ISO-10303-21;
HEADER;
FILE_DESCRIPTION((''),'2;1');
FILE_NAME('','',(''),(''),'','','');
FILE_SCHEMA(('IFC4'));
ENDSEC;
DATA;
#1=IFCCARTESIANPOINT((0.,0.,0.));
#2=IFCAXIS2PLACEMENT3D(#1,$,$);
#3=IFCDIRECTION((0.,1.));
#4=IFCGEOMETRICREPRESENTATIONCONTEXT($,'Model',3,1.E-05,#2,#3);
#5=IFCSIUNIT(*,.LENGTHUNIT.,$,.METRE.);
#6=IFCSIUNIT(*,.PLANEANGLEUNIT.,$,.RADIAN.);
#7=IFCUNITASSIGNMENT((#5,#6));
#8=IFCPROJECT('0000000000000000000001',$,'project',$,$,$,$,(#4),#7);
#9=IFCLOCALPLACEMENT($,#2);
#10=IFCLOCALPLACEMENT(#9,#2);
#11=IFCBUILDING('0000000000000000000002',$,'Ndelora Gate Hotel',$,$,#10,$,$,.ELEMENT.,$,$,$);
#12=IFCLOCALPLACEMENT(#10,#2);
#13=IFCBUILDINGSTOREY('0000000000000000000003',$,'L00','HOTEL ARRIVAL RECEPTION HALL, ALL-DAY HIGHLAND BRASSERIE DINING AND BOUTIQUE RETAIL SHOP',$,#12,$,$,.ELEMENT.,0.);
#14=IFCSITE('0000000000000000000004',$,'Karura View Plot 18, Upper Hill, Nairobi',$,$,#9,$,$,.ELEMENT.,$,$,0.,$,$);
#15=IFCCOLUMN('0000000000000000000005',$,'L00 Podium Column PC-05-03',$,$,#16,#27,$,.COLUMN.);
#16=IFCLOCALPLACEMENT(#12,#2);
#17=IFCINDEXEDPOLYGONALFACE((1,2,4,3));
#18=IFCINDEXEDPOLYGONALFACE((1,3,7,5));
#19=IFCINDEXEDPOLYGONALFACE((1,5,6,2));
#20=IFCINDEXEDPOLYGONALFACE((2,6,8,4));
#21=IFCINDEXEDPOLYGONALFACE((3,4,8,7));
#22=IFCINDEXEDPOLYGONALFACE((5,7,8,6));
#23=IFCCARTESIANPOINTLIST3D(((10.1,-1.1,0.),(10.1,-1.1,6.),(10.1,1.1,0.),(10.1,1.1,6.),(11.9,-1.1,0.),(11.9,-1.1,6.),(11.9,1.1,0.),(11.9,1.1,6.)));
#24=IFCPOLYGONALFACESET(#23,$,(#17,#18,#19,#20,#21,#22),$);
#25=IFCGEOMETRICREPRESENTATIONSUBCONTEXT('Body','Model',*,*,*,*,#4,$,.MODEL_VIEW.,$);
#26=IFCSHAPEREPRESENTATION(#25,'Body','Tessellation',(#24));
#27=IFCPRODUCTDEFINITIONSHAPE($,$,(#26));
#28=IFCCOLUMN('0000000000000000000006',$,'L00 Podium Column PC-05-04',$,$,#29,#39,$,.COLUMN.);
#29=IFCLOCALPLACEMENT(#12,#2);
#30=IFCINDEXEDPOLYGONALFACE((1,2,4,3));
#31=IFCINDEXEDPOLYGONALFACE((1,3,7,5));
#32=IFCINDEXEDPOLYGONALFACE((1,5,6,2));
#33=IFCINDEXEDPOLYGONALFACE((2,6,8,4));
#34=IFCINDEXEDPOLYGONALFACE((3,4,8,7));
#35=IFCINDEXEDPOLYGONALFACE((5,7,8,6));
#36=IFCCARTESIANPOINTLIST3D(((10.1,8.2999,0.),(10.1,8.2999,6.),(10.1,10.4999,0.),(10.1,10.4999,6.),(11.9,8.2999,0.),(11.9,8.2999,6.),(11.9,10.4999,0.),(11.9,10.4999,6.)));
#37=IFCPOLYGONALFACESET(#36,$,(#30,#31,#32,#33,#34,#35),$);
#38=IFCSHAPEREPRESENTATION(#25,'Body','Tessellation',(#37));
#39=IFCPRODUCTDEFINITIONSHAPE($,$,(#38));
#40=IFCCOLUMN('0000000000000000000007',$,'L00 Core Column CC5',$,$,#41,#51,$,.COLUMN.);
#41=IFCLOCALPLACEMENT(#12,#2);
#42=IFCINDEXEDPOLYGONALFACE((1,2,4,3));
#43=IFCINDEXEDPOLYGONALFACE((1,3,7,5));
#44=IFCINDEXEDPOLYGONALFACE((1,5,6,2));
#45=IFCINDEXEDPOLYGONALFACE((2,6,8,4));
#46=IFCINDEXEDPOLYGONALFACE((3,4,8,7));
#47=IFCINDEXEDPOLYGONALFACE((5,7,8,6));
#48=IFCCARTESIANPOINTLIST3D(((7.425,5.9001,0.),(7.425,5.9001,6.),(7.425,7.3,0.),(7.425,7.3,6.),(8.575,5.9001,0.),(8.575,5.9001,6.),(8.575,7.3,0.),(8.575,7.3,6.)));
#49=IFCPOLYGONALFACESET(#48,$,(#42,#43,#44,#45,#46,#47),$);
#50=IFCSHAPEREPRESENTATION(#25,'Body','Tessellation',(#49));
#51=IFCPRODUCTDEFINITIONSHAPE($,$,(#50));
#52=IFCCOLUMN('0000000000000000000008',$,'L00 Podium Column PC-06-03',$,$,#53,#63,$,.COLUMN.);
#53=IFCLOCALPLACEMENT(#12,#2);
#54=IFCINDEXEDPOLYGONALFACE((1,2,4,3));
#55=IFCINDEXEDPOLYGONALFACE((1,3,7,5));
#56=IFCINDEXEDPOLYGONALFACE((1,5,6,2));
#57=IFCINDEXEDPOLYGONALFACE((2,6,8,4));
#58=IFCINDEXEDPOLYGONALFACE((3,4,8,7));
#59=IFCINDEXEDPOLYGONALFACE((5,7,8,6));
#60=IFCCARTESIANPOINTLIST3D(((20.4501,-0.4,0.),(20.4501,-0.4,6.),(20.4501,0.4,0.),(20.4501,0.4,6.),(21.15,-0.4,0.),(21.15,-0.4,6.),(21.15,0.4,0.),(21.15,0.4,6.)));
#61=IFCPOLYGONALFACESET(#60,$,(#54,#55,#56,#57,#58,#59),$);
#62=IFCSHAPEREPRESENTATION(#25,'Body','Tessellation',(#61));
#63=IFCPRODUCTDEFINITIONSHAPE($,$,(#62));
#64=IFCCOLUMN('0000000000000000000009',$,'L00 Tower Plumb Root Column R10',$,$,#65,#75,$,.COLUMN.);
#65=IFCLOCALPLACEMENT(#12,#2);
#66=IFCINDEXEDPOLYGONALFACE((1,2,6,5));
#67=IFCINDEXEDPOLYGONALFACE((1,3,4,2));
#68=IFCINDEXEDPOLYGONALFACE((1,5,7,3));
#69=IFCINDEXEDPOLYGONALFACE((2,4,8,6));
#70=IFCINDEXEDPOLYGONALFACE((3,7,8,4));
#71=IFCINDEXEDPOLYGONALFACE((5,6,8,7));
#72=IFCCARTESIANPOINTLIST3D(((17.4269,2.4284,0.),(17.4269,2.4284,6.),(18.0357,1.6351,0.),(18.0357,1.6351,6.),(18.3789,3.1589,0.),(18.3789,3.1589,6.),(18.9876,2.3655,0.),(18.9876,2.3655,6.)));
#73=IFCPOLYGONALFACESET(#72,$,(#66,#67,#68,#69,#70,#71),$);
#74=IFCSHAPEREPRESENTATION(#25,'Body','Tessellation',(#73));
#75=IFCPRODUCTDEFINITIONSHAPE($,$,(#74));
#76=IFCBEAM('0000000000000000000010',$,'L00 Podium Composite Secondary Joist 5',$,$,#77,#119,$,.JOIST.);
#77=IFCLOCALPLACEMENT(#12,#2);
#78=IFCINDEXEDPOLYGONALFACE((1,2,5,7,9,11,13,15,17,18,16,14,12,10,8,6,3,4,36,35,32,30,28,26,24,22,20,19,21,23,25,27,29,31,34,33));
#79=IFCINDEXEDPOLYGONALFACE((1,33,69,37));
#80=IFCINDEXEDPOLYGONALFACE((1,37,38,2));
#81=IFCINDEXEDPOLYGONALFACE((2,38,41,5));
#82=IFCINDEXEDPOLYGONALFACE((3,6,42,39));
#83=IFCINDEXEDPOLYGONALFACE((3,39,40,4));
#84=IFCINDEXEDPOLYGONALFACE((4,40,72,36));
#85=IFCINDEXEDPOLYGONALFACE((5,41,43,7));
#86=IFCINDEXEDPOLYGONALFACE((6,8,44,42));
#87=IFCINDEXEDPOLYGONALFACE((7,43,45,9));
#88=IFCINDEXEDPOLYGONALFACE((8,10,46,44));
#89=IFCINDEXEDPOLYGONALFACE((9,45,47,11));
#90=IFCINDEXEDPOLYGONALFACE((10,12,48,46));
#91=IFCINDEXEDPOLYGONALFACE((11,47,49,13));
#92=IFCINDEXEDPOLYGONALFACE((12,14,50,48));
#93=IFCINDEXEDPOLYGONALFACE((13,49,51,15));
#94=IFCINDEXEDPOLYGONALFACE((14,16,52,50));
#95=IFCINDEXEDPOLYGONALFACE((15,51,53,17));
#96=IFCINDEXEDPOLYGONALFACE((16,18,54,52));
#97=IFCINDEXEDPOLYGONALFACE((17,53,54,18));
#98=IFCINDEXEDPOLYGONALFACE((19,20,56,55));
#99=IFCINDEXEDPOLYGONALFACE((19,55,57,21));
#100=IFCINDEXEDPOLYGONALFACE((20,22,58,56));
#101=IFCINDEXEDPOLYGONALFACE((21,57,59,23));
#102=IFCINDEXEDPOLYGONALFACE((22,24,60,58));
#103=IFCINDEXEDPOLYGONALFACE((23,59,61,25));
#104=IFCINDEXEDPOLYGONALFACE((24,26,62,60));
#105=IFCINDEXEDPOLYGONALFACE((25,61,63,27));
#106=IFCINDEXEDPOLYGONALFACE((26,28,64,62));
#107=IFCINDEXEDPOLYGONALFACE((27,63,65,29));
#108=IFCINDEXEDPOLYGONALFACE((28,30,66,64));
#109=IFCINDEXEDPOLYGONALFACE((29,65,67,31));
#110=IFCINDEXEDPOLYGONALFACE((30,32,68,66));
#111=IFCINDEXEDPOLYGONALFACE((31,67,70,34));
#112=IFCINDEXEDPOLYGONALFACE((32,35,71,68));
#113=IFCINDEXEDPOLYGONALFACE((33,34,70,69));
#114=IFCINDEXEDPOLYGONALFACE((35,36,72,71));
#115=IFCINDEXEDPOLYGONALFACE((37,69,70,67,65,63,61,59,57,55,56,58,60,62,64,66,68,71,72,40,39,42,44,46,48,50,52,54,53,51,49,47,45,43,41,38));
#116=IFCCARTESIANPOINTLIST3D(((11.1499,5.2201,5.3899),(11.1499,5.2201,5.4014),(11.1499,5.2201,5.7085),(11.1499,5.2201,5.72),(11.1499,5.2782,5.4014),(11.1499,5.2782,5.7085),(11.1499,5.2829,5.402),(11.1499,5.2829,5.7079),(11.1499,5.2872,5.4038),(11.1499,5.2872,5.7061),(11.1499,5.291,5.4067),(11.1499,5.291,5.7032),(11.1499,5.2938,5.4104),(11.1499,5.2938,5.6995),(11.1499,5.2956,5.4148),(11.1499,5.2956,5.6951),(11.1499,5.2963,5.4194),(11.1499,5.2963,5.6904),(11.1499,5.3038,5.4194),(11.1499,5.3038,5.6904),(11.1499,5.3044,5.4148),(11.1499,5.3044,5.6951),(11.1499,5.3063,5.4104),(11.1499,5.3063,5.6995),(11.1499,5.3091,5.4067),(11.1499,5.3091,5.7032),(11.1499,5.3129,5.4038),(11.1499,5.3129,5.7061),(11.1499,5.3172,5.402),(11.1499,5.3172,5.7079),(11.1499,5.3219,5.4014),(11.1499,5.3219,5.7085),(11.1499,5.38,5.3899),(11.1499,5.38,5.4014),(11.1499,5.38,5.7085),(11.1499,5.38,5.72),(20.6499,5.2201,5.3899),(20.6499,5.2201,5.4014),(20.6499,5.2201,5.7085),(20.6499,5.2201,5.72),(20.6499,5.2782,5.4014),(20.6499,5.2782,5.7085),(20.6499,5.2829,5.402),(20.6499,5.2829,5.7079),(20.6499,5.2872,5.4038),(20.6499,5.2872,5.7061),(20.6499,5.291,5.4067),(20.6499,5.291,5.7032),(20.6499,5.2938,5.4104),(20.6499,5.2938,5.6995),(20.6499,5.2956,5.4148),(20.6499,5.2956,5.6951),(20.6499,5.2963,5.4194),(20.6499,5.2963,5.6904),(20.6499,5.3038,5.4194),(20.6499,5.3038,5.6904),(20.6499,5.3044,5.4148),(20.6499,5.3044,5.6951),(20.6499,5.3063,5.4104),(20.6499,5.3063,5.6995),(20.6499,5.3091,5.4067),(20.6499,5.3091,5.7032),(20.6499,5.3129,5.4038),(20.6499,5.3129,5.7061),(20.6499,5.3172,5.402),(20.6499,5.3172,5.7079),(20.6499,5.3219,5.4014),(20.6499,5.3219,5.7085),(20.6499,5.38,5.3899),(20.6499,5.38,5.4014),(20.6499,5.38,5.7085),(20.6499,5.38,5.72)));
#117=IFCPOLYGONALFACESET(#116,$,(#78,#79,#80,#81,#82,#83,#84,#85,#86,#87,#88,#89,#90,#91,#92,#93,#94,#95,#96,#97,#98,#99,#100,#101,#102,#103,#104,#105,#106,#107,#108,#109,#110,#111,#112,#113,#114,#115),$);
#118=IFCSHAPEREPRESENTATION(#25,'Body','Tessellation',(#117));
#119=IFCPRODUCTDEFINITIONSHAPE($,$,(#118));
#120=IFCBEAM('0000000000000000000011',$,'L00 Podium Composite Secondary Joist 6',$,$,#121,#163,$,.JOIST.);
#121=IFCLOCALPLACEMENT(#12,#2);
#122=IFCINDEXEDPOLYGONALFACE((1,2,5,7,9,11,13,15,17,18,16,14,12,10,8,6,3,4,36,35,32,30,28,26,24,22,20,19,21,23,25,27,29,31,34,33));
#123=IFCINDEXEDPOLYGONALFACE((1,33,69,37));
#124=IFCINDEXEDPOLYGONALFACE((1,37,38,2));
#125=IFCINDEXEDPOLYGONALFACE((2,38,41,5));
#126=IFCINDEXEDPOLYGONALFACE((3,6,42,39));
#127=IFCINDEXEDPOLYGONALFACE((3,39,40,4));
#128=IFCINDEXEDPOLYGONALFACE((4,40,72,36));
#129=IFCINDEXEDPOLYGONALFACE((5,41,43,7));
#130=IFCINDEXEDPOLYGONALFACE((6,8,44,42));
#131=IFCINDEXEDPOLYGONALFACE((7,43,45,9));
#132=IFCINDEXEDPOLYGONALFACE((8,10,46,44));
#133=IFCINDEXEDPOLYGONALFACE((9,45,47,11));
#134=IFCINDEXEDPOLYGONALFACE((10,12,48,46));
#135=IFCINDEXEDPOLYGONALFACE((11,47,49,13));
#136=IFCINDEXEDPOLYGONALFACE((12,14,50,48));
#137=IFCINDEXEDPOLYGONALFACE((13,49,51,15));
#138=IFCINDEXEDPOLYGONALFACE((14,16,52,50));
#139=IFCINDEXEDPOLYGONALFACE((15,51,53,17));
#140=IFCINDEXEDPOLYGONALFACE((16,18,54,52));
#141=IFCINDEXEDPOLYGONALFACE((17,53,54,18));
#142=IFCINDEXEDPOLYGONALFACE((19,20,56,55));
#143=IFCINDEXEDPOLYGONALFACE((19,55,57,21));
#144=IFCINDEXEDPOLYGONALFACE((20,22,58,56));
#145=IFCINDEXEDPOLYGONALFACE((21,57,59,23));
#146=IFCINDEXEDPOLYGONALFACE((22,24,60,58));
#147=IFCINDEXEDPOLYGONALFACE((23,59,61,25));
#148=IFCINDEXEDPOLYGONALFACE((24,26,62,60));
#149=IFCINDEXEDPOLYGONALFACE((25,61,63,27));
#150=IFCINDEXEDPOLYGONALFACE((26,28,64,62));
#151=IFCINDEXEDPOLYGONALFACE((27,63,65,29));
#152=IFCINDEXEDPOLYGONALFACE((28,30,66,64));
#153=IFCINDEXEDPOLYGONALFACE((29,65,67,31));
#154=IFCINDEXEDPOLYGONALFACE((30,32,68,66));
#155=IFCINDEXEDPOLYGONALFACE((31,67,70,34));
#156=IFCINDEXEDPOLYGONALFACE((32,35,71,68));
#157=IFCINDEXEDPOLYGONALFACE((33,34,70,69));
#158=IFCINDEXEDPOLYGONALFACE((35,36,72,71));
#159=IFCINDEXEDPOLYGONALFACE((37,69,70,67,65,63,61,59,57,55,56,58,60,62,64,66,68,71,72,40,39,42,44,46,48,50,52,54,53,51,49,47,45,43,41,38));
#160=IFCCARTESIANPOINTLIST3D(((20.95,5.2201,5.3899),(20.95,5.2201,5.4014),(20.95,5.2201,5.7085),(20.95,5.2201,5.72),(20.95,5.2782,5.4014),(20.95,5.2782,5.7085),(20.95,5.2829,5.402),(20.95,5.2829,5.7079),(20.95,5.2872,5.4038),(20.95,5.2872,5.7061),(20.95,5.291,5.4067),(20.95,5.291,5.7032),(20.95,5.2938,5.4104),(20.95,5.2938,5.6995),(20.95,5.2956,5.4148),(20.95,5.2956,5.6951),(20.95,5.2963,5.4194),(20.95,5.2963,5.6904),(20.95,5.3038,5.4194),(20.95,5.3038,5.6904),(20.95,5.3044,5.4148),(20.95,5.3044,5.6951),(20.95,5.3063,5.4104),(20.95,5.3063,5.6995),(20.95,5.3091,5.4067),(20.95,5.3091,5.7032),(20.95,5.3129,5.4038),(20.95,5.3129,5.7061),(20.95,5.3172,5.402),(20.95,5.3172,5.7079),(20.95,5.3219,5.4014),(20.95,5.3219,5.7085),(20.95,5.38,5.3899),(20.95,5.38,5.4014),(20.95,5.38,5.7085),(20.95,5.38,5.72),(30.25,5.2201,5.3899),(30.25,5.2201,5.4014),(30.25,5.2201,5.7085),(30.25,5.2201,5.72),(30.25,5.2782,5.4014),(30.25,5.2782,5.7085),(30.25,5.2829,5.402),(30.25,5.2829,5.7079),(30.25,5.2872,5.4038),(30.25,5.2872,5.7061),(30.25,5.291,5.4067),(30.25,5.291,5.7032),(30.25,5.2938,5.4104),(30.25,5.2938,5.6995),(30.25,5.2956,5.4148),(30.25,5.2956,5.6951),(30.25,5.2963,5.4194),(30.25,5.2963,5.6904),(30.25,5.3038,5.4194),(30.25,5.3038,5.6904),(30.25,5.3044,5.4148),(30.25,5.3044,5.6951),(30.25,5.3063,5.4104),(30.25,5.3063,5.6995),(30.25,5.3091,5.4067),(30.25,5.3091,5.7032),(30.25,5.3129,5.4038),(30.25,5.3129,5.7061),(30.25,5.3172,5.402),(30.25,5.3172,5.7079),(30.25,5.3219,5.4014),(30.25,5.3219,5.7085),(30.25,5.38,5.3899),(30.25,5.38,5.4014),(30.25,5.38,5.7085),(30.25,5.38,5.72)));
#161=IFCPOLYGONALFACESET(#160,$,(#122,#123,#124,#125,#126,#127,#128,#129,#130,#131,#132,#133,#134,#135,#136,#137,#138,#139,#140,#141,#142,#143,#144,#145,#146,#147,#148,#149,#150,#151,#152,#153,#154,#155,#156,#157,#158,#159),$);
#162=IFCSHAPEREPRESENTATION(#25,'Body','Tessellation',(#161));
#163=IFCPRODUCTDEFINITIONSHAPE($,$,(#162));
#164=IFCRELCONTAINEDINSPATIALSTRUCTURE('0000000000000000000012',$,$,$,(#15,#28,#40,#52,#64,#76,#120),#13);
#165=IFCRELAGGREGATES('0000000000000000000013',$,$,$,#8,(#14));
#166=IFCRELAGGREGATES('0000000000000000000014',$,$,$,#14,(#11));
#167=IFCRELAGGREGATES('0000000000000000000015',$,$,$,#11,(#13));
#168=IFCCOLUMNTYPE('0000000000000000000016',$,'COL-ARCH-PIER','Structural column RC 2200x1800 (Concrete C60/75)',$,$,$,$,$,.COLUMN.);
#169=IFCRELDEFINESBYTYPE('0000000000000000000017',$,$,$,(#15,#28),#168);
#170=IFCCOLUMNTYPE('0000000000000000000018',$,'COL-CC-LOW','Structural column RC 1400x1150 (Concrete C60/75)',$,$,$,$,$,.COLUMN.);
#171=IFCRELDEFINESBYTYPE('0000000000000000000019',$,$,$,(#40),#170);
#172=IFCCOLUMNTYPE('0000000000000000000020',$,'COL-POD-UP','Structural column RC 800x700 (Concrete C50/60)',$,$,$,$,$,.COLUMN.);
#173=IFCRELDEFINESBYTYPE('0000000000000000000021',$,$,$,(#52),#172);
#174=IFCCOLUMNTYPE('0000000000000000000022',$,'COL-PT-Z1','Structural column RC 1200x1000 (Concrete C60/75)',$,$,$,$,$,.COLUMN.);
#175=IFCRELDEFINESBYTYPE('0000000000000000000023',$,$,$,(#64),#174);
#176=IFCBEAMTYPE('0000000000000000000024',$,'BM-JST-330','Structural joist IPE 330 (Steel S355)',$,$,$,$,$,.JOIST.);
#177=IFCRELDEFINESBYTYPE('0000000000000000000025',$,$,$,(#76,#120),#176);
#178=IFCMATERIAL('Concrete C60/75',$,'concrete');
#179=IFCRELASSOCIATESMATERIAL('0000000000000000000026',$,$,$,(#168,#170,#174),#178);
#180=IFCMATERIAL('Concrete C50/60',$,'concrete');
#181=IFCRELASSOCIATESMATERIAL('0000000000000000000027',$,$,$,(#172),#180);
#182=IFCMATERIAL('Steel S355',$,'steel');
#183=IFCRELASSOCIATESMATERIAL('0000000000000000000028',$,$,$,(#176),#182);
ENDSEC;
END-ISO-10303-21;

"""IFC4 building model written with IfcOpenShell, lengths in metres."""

from ifc_helpers import new_model, si_unit, direction, frame, origin, origin_2d, place, context, subcontext, project, spatial, rectangle, i_section, extrude, material, material_profile, profile_set, type_object, element, save


model = new_model("IFC4")

# Units and contexts
model_context = context("Model", 3, precision=1e-05, world=origin(), true_north=direction((0.0, 1.0)))
body_context = subcontext(model_context, "Body", "Model", "MODEL_VIEW")
ifc_project = project(units=[si_unit("LENGTHUNIT", "METRE"), si_unit("PLANEANGLEUNIT", "RADIAN")], contexts=[model_context])

# Site, building, storey
site_placement = place(None, origin())
site = spatial("IfcSite", under=ifc_project, at=site_placement, Name="Karura View Plot 18, Upper Hill, Nairobi", CompositionType="ELEMENT", RefElevation=0.0)
building_placement = place(site_placement, origin())
building = spatial("IfcBuilding", under=site, at=building_placement, Name="Ndelora Gate Hotel", CompositionType="ELEMENT")
storey_placement = place(building_placement, origin())
storey = spatial("IfcBuildingStorey", under=building, at=storey_placement, Name="L00", Description="HOTEL ARRIVAL RECEPTION HALL, ALL-DAY HIGHLAND BRASSERIE DINING AND BOUTIQUE RETAIL SHOP", CompositionType="ELEMENT", Elevation=0.0)

# Columns
ifc_material_1 = material(Name="Concrete C60/75", Category="concrete")
ifc_material_profile_1 = material_profile(ifc_material_1, rectangle(XDim=1.8, YDim=2.2, at=origin_2d()), Name="RC 2200x1800")
ifc_profile_set_1 = profile_set([ifc_material_profile_1], Name="Concrete C60/75")
column_type_1 = type_object("IfcColumnType", Name="COL-ARCH-PIER", Description="Structural column RC 2200x1800 (Concrete C60/75)", PredefinedType="COLUMN", material=ifc_profile_set_1)
for number, where, z_axis, x_axis, name in (
    (1, (11.0, 0.0, 0.0), (0.0, 0.0, 1.0), (1.0, 0.0, 0.0), "L00 Podium Column PC-05-03"),
    (2, (11.0, 9.3999, 0.0), (0.0, 0.0, 1.0), (1.0, 0.0, 0.0), "L00 Podium Column PC-05-04"),
):
    element("IfcColumn", number, at=place(storey_placement, frame(where, z_axis=z_axis, x_axis=x_axis)), inside=storey, type_object=column_type_1, Name=name, PredefinedType="COLUMN", context=body_context, shape_type="SweptSolid", body=[
        extrude(rectangle(XDim=1.8, YDim=2.2, at=origin_2d()), origin(), (0.0, 0.0, 1.0), 6.0),
    ])
ifc_material_profile_2 = material_profile(ifc_material_1, rectangle(XDim=1.1499, YDim=1.3999, at=origin_2d()), Name="RC 1400x1150")
ifc_profile_set_2 = profile_set([ifc_material_profile_2], Name="Concrete C60/75")
column_type_2 = type_object("IfcColumnType", Name="COL-CC-LOW", Description="Structural column RC 1400x1150 (Concrete C60/75)", PredefinedType="COLUMN", material=ifc_profile_set_2)
column_1_placement = place(storey_placement, frame((8.0, 6.6001, 0.0), z_axis=(0.0, 0.0, 1.0), x_axis=(1.0, 0.0, 0.0)))
element("IfcColumn", 3, at=column_1_placement, inside=storey, type_object=column_type_2, Name="L00 Core Column CC5", PredefinedType="COLUMN", context=body_context, shape_type="SweptSolid", body=[
    extrude(rectangle(XDim=1.1499, YDim=1.3999, at=origin_2d()), origin(), (0.0, 0.0, 1.0), 6.0),
])
ifc_material_2 = material(Name="Concrete C50/60", Category="concrete")
ifc_material_profile_3 = material_profile(ifc_material_2, rectangle(XDim=0.7, YDim=0.8, at=origin_2d()), Name="RC 800x700")
ifc_profile_set_3 = profile_set([ifc_material_profile_3], Name="Concrete C50/60")
column_type_3 = type_object("IfcColumnType", Name="COL-POD-UP", Description="Structural column RC 800x700 (Concrete C50/60)", PredefinedType="COLUMN", material=ifc_profile_set_3)
column_2_placement = place(storey_placement, frame((20.8, 0.0, 0.0), z_axis=(0.0, 0.0, 1.0), x_axis=(1.0, 0.0, 0.0)))
element("IfcColumn", 4, at=column_2_placement, inside=storey, type_object=column_type_3, Name="L00 Podium Column PC-06-03", PredefinedType="COLUMN", context=body_context, shape_type="SweptSolid", body=[
    extrude(rectangle(XDim=0.7, YDim=0.8, at=origin_2d()), origin(), (0.0, 0.0, 1.0), 6.0),
])
ifc_material_profile_4 = material_profile(ifc_material_1, rectangle(XDim=1.0, YDim=1.2, at=origin_2d()), Name="RC 1200x1000")
ifc_profile_set_4 = profile_set([ifc_material_profile_4], Name="Concrete C60/75")
column_type_4 = type_object("IfcColumnType", Name="COL-PT-Z1", Description="Structural column RC 1200x1000 (Concrete C60/75)", PredefinedType="COLUMN", material=ifc_profile_set_4)
column_3_placement = place(storey_placement, frame((18.2073, 2.397, 0.0), z_axis=(0.0, 0.0, 1.0), x_axis=(-0.608761, 0.793353, 0.0)))
element("IfcColumn", 5, at=column_3_placement, inside=storey, type_object=column_type_4, Name="L00 Tower Plumb Root Column R10", PredefinedType="COLUMN", context=body_context, shape_type="SweptSolid", body=[
    extrude(rectangle(XDim=1.0, YDim=1.2, at=origin_2d()), origin(), (0.0, 0.0, 1.0), 6.0),
])

# Beams
ifc_material_3 = material(Name="Steel S355", Category="steel")
ifc_material_profile_5 = material_profile(ifc_material_3, i_section(OverallWidth=0.1599, OverallDepth=0.3301, WebThickness=0.0076, FlangeThickness=0.0115, FilletRadius=0.0181, at=origin_2d()), Name="IPE 330")
ifc_profile_set_5 = profile_set([ifc_material_profile_5], Name="Steel S355")
beam_type_1 = type_object("IfcBeamType", Name="BM-JST-330", Description="Structural joist IPE 330 (Steel S355)", PredefinedType="JOIST", material=ifc_profile_set_5)
beam_1_placement = place(storey_placement, frame((11.1499, 5.3, 5.5549), z_axis=(1.0, 0.0, 0.0), x_axis=(0.0, 1.0, 0.0)))
element("IfcBeam", 6, at=beam_1_placement, inside=storey, type_object=beam_type_1, Name="L00 Podium Composite Secondary Joist 5", PredefinedType="JOIST", context=body_context, shape_type="SweptSolid", body=[
    extrude(i_section(OverallWidth=0.1599, OverallDepth=0.3301, WebThickness=0.0076, FlangeThickness=0.0115, FilletRadius=0.0181, at=origin_2d()), origin(), (0.0, 0.0, 1.0), 9.5),
])
beam_2_placement = place(storey_placement, frame((20.95, 5.3, 5.5549), z_axis=(1.0, 0.0, 0.0), x_axis=(0.0, 1.0, 0.0)))
element("IfcBeam", 7, at=beam_2_placement, inside=storey, type_object=beam_type_1, Name="L00 Podium Composite Secondary Joist 6", PredefinedType="JOIST", context=body_context, shape_type="SweptSolid", body=[
    extrude(i_section(OverallWidth=0.1599, OverallDepth=0.3301, WebThickness=0.0076, FlangeThickness=0.0115, FilletRadius=0.0181, at=origin_2d()), origin(), (0.0, 0.0, 1.0), 9.3),
])

save(model, "model.ifc")
